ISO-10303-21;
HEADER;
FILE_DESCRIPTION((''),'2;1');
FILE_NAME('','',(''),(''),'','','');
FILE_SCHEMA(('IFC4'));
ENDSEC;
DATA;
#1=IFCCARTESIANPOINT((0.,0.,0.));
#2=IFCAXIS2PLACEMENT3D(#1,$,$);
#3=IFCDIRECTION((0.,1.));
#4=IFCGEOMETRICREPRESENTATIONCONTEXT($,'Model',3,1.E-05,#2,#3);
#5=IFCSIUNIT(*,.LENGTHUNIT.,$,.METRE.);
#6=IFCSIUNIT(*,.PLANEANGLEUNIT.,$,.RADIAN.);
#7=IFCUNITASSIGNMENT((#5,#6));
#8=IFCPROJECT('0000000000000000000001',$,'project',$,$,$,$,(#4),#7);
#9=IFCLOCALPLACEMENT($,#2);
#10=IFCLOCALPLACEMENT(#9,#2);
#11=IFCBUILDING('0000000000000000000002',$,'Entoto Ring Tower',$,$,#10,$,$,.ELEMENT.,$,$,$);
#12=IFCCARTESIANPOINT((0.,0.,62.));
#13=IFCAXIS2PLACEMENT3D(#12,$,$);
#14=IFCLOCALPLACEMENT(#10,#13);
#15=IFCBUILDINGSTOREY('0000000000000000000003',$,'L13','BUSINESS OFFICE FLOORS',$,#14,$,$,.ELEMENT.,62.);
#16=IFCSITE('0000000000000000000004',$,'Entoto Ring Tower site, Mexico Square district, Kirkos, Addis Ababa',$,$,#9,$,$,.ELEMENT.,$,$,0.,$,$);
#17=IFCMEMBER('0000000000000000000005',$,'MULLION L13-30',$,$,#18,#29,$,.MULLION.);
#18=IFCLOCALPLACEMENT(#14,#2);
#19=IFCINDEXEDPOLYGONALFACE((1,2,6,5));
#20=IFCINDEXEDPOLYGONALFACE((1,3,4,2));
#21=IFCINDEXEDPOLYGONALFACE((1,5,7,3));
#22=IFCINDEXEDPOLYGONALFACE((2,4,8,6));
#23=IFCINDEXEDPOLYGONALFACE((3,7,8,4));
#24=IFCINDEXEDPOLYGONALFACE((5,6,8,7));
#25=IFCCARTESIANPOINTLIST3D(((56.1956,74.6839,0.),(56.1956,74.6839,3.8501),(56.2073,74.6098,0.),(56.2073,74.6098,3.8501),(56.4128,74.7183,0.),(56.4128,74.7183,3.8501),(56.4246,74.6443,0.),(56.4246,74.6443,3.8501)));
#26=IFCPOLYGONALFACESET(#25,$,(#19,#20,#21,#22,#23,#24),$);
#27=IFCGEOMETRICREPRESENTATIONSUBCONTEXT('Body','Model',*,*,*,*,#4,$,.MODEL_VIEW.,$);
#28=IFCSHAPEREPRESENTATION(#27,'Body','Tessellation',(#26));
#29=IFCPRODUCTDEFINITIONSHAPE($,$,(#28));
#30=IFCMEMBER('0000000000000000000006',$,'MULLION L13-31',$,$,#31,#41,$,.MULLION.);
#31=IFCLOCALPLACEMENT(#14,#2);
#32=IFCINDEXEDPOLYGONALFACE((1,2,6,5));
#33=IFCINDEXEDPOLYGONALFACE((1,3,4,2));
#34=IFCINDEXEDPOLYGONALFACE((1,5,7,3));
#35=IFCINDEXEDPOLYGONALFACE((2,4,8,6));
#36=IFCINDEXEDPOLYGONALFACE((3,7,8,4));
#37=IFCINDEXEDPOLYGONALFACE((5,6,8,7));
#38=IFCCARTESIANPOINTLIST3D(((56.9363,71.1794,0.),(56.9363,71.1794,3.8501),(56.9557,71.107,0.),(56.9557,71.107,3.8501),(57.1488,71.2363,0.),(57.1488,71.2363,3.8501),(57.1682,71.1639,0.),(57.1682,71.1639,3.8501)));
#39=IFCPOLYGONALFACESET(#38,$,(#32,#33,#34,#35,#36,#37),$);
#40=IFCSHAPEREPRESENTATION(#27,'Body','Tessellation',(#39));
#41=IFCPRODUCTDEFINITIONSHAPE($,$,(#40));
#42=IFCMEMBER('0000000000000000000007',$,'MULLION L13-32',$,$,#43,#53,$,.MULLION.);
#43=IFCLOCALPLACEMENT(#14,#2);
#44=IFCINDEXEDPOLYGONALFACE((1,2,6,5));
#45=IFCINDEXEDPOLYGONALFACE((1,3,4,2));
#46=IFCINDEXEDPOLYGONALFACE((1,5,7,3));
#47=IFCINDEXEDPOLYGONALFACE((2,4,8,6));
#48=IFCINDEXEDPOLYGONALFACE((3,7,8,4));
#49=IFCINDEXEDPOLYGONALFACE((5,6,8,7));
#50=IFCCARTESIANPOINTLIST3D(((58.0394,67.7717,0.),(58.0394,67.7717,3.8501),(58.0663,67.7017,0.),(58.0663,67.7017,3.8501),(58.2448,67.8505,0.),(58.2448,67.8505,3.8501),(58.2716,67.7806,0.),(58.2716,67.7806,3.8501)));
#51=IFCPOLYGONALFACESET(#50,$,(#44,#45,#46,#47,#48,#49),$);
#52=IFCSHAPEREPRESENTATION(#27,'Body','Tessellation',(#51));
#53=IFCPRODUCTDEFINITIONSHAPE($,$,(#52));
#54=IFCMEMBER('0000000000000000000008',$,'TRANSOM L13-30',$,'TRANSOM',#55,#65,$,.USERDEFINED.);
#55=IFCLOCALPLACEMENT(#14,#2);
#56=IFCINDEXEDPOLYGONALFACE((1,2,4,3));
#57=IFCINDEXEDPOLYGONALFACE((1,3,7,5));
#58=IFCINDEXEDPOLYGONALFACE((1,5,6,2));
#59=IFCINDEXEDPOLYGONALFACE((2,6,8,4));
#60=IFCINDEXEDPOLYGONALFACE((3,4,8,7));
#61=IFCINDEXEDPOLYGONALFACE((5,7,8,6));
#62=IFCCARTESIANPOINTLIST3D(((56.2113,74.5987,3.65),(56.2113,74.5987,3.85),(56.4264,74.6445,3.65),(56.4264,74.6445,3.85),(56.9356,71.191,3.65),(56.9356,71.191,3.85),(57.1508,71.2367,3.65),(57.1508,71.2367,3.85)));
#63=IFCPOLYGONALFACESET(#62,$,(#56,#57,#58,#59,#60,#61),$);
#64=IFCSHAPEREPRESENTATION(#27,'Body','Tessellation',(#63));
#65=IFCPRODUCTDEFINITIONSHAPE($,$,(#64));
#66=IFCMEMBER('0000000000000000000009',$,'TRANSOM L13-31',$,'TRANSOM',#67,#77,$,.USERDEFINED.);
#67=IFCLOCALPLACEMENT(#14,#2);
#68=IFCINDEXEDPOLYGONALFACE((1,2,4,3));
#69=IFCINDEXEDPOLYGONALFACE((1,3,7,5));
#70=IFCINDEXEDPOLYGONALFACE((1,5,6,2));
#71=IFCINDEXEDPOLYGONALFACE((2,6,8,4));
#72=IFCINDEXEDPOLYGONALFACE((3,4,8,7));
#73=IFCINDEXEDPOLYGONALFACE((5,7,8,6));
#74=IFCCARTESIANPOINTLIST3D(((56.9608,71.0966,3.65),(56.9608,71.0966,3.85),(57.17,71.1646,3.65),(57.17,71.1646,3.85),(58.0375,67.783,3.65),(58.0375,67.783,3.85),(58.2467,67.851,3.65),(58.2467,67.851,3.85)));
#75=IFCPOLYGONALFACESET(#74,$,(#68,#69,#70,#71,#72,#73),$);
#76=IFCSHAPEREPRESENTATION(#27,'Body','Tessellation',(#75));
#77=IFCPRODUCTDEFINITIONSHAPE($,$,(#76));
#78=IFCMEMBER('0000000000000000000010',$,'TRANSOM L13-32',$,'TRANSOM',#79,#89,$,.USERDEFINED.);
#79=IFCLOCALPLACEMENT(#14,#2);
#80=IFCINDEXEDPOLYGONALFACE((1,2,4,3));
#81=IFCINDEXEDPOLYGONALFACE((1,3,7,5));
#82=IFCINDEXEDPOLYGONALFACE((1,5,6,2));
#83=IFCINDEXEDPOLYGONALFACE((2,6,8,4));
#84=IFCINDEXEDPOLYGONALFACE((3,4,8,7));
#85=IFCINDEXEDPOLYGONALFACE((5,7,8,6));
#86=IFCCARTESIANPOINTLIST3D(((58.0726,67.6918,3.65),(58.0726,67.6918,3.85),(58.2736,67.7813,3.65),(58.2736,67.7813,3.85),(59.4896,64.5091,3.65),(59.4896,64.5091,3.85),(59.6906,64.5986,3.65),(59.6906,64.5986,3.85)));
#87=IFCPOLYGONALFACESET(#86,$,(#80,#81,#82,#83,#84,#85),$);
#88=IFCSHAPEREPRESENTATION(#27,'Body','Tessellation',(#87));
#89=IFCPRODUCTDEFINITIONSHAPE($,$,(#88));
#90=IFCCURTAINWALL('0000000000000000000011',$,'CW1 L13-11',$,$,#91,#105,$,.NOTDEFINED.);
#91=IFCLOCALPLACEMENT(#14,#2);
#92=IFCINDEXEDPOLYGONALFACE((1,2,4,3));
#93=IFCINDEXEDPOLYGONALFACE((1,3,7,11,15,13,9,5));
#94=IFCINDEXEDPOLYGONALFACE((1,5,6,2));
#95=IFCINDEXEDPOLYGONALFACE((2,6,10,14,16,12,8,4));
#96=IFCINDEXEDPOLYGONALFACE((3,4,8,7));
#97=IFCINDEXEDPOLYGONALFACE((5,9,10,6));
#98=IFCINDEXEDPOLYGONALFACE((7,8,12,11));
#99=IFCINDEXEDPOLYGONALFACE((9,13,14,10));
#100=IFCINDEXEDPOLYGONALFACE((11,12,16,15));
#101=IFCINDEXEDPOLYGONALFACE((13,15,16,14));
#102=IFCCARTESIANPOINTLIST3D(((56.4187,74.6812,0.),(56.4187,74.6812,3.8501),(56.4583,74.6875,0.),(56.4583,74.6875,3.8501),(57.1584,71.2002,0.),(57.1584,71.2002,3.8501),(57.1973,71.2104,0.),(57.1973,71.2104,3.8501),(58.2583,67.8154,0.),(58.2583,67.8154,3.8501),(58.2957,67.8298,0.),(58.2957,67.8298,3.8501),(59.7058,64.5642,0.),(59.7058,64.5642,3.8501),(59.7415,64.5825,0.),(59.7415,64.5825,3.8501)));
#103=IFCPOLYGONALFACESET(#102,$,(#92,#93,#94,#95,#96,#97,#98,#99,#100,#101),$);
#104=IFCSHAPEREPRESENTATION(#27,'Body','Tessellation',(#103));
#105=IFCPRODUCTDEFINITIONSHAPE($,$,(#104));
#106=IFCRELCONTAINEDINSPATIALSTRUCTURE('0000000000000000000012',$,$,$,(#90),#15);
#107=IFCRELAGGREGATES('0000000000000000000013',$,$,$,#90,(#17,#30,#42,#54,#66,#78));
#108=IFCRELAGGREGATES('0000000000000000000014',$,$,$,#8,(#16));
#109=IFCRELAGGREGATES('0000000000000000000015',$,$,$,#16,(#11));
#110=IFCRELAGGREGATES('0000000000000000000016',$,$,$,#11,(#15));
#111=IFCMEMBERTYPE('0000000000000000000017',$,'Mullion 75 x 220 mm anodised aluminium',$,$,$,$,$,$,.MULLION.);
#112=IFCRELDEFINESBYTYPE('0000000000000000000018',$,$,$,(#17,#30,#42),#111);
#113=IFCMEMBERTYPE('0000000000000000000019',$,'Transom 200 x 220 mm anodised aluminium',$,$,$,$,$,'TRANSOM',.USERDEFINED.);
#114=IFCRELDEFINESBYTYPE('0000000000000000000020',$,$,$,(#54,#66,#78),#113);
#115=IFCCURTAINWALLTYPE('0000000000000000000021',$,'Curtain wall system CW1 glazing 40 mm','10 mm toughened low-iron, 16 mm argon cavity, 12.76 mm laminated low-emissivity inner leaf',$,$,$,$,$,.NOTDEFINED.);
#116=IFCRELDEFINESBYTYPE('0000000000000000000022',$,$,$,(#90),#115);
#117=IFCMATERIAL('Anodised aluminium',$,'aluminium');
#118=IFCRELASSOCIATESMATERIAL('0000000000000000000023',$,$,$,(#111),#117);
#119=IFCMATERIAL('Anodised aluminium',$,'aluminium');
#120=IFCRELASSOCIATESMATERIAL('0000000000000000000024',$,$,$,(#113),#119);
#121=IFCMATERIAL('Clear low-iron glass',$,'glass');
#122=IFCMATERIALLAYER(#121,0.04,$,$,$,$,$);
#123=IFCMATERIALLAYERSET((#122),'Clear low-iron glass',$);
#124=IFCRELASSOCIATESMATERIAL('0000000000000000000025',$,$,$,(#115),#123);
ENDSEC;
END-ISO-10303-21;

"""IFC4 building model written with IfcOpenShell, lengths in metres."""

from ifc_helpers import new_model, si_unit, direction, frame, origin, origin_2d, place, context, subcontext, project, spatial, polyline, rectangle, outline, extrude, material, layer, layer_set, material_profile, profile_set, type_object, element, aggregate, save


model = new_model("IFC4")

# Units and contexts
model_context = context("Model", 3, precision=1e-05, world=origin(), true_north=direction((0.0, 1.0)))
body_context = subcontext(model_context, "Body", "Model", "MODEL_VIEW")
ifc_project = project(units=[si_unit("LENGTHUNIT", "METRE"), si_unit("PLANEANGLEUNIT", "RADIAN")], contexts=[model_context])

# Members
ifc_material_1 = material(Name="Anodised aluminium", Category="aluminium")
ifc_material_profile_1 = material_profile(ifc_material_1, rectangle(XDim=0.075, YDim=0.22, at=origin_2d()), Name="Mullion 75 x 220 mm anodised aluminium")
ifc_profile_set_1 = profile_set([ifc_material_profile_1], Name="Anodised aluminium")
member_type_1 = type_object("IfcMemberType", Name="Mullion 75 x 220 mm anodised aluminium", PredefinedType="MULLION", material=ifc_profile_set_1)
site_placement = place(None, origin())
building_placement = place(site_placement, origin())
storey_placement = place(building_placement, frame((0.0, 0.0, 62.0)))
member_1_placement = place(storey_placement, frame((56.3101, 74.6641, 0.0), z_axis=(0.0, 0.0, 1.0), x_axis=(0.156434, -0.987688, 0.0)))
member_1 = element("IfcMember", 1, at=member_1_placement, type_object=member_type_1, Name="MULLION L13-30", PredefinedType="MULLION", context=body_context, shape_type="SweptSolid", body=[
    extrude(rectangle(XDim=0.075, YDim=0.22, at=origin_2d()), origin(), (0.0, 0.0, 1.0), 3.8501),
])
member_2_placement = place(storey_placement, frame((57.0522, 71.1716, 0.0), z_axis=(0.0, 0.0, 1.0), x_axis=(0.258819, -0.965926, 0.0)))
member_2 = element("IfcMember", 2, at=member_2_placement, type_object=member_type_1, Name="MULLION L13-31", PredefinedType="MULLION", context=body_context, shape_type="SweptSolid", body=[
    extrude(rectangle(XDim=0.075, YDim=0.22, at=origin_2d()), origin(), (0.0, 0.0, 1.0), 3.8501),
])
member_3_placement = place(storey_placement, frame((58.1555, 67.7761, 0.0), z_axis=(0.0, 0.0, 1.0), x_axis=(0.358368, -0.93358, 0.0)))
member_3 = element("IfcMember", 3, at=member_3_placement, type_object=member_type_1, Name="MULLION L13-32", PredefinedType="MULLION", context=body_context, shape_type="SweptSolid", body=[
    extrude(rectangle(XDim=0.075, YDim=0.22, at=origin_2d()), origin(), (0.0, 0.0, 1.0), 3.8501),
])
ifc_material_2 = material(Name="Anodised aluminium", Category="aluminium")
ifc_material_profile_2 = material_profile(ifc_material_2, rectangle(XDim=0.22, YDim=0.2, at=origin_2d()), Name="Transom 200 x 220 mm anodised aluminium")
ifc_profile_set_2 = profile_set([ifc_material_profile_2], Name="Anodised aluminium")
member_type_2 = type_object("IfcMemberType", Name="Transom 200 x 220 mm anodised aluminium", ElementType="TRANSOM", PredefinedType="USERDEFINED", material=ifc_profile_set_2)
member_4_placement = place(storey_placement, frame((56.3188, 74.6216, 3.75), z_axis=(0.207921, -0.978146, 0.0), x_axis=(0.978146, 0.207921, 0.0)))
member_4 = element("IfcMember", 4, at=member_4_placement, type_object=member_type_2, Name="TRANSOM L13-30", ObjectType="TRANSOM", PredefinedType="USERDEFINED", context=body_context, shape_type="SweptSolid", body=[
    extrude(rectangle(XDim=0.22, YDim=0.2, at=origin_2d()), origin(), (0.0, 0.0, 1.0), 3.4839),
])
member_5_placement = place(storey_placement, frame((57.0654, 71.1306, 3.75), z_axis=(0.309029, -0.951053, 0.0), x_axis=(0.951053, 0.309029, 0.0)))
member_5 = element("IfcMember", 5, at=member_5_placement, type_object=member_type_2, Name="TRANSOM L13-31", ObjectType="TRANSOM", PredefinedType="USERDEFINED", context=body_context, shape_type="SweptSolid", body=[
    extrude(rectangle(XDim=0.22, YDim=0.2, at=origin_2d()), origin(), (0.0, 0.0, 1.0), 3.4841),
])
member_6_placement = place(storey_placement, frame((58.1731, 67.7366, 3.75), z_axis=(0.406737, -0.913545, 0.0), x_axis=(0.913545, 0.406737, 0.0)))
member_6 = element("IfcMember", 6, at=member_6_placement, type_object=member_type_2, Name="TRANSOM L13-32", ObjectType="TRANSOM", PredefinedType="USERDEFINED", context=body_context, shape_type="SweptSolid", body=[
    extrude(rectangle(XDim=0.22, YDim=0.2, at=origin_2d()), origin(), (0.0, 0.0, 1.0), 3.4839),
])

# Site, building, storey
site = spatial("IfcSite", under=ifc_project, at=site_placement, Name="Entoto Ring Tower site, Mexico Square district, Kirkos, Addis Ababa", CompositionType="ELEMENT", RefElevation=0.0)
building = spatial("IfcBuilding", under=site, at=building_placement, Name="Entoto Ring Tower", CompositionType="ELEMENT")
storey = spatial("IfcBuildingStorey", under=building, at=storey_placement, Name="L13", Description="BUSINESS OFFICE FLOORS", CompositionType="ELEMENT", Elevation=62.0)

# Curtain wall
ifc_material_3 = material(Name="Clear low-iron glass", Category="glass")
ifc_layer = layer(ifc_material_3, 0.04)
ifc_layer_set = layer_set([ifc_layer], Name="Clear low-iron glass")
curtain_wall_type = type_object("IfcCurtainWallType", Name="Curtain wall system CW1 glazing 40 mm", Description="10 mm toughened low-iron, 16 mm argon cavity, 12.76 mm laminated low-emissivity inner leaf", PredefinedType="NOTDEFINED", material=ifc_layer_set)
curtain_wall_1_placement = place(storey_placement, origin())
curtain_wall_1 = element("IfcCurtainWall", 7, at=curtain_wall_1_placement, inside=storey, type_object=curtain_wall_type, Name="CW1 L13-11", PredefinedType="NOTDEFINED", context=body_context, shape_type="SweptSolid", body=[
    extrude(outline(polyline([(56.4187, 74.6812), (57.1584, 71.2002), (58.2583, 67.8154), (59.7058, 64.5642), (59.7415, 64.5825), (58.2957, 67.8298), (57.1973, 71.2104), (56.4583, 74.6875), (56.4187, 74.6812)])), origin(), (0.0, 0.0, 1.0), 3.8501),
])
aggregate(curtain_wall_1, [member_1, member_2, member_3, member_4, member_5, member_6])

save(model, "model.ifc")
